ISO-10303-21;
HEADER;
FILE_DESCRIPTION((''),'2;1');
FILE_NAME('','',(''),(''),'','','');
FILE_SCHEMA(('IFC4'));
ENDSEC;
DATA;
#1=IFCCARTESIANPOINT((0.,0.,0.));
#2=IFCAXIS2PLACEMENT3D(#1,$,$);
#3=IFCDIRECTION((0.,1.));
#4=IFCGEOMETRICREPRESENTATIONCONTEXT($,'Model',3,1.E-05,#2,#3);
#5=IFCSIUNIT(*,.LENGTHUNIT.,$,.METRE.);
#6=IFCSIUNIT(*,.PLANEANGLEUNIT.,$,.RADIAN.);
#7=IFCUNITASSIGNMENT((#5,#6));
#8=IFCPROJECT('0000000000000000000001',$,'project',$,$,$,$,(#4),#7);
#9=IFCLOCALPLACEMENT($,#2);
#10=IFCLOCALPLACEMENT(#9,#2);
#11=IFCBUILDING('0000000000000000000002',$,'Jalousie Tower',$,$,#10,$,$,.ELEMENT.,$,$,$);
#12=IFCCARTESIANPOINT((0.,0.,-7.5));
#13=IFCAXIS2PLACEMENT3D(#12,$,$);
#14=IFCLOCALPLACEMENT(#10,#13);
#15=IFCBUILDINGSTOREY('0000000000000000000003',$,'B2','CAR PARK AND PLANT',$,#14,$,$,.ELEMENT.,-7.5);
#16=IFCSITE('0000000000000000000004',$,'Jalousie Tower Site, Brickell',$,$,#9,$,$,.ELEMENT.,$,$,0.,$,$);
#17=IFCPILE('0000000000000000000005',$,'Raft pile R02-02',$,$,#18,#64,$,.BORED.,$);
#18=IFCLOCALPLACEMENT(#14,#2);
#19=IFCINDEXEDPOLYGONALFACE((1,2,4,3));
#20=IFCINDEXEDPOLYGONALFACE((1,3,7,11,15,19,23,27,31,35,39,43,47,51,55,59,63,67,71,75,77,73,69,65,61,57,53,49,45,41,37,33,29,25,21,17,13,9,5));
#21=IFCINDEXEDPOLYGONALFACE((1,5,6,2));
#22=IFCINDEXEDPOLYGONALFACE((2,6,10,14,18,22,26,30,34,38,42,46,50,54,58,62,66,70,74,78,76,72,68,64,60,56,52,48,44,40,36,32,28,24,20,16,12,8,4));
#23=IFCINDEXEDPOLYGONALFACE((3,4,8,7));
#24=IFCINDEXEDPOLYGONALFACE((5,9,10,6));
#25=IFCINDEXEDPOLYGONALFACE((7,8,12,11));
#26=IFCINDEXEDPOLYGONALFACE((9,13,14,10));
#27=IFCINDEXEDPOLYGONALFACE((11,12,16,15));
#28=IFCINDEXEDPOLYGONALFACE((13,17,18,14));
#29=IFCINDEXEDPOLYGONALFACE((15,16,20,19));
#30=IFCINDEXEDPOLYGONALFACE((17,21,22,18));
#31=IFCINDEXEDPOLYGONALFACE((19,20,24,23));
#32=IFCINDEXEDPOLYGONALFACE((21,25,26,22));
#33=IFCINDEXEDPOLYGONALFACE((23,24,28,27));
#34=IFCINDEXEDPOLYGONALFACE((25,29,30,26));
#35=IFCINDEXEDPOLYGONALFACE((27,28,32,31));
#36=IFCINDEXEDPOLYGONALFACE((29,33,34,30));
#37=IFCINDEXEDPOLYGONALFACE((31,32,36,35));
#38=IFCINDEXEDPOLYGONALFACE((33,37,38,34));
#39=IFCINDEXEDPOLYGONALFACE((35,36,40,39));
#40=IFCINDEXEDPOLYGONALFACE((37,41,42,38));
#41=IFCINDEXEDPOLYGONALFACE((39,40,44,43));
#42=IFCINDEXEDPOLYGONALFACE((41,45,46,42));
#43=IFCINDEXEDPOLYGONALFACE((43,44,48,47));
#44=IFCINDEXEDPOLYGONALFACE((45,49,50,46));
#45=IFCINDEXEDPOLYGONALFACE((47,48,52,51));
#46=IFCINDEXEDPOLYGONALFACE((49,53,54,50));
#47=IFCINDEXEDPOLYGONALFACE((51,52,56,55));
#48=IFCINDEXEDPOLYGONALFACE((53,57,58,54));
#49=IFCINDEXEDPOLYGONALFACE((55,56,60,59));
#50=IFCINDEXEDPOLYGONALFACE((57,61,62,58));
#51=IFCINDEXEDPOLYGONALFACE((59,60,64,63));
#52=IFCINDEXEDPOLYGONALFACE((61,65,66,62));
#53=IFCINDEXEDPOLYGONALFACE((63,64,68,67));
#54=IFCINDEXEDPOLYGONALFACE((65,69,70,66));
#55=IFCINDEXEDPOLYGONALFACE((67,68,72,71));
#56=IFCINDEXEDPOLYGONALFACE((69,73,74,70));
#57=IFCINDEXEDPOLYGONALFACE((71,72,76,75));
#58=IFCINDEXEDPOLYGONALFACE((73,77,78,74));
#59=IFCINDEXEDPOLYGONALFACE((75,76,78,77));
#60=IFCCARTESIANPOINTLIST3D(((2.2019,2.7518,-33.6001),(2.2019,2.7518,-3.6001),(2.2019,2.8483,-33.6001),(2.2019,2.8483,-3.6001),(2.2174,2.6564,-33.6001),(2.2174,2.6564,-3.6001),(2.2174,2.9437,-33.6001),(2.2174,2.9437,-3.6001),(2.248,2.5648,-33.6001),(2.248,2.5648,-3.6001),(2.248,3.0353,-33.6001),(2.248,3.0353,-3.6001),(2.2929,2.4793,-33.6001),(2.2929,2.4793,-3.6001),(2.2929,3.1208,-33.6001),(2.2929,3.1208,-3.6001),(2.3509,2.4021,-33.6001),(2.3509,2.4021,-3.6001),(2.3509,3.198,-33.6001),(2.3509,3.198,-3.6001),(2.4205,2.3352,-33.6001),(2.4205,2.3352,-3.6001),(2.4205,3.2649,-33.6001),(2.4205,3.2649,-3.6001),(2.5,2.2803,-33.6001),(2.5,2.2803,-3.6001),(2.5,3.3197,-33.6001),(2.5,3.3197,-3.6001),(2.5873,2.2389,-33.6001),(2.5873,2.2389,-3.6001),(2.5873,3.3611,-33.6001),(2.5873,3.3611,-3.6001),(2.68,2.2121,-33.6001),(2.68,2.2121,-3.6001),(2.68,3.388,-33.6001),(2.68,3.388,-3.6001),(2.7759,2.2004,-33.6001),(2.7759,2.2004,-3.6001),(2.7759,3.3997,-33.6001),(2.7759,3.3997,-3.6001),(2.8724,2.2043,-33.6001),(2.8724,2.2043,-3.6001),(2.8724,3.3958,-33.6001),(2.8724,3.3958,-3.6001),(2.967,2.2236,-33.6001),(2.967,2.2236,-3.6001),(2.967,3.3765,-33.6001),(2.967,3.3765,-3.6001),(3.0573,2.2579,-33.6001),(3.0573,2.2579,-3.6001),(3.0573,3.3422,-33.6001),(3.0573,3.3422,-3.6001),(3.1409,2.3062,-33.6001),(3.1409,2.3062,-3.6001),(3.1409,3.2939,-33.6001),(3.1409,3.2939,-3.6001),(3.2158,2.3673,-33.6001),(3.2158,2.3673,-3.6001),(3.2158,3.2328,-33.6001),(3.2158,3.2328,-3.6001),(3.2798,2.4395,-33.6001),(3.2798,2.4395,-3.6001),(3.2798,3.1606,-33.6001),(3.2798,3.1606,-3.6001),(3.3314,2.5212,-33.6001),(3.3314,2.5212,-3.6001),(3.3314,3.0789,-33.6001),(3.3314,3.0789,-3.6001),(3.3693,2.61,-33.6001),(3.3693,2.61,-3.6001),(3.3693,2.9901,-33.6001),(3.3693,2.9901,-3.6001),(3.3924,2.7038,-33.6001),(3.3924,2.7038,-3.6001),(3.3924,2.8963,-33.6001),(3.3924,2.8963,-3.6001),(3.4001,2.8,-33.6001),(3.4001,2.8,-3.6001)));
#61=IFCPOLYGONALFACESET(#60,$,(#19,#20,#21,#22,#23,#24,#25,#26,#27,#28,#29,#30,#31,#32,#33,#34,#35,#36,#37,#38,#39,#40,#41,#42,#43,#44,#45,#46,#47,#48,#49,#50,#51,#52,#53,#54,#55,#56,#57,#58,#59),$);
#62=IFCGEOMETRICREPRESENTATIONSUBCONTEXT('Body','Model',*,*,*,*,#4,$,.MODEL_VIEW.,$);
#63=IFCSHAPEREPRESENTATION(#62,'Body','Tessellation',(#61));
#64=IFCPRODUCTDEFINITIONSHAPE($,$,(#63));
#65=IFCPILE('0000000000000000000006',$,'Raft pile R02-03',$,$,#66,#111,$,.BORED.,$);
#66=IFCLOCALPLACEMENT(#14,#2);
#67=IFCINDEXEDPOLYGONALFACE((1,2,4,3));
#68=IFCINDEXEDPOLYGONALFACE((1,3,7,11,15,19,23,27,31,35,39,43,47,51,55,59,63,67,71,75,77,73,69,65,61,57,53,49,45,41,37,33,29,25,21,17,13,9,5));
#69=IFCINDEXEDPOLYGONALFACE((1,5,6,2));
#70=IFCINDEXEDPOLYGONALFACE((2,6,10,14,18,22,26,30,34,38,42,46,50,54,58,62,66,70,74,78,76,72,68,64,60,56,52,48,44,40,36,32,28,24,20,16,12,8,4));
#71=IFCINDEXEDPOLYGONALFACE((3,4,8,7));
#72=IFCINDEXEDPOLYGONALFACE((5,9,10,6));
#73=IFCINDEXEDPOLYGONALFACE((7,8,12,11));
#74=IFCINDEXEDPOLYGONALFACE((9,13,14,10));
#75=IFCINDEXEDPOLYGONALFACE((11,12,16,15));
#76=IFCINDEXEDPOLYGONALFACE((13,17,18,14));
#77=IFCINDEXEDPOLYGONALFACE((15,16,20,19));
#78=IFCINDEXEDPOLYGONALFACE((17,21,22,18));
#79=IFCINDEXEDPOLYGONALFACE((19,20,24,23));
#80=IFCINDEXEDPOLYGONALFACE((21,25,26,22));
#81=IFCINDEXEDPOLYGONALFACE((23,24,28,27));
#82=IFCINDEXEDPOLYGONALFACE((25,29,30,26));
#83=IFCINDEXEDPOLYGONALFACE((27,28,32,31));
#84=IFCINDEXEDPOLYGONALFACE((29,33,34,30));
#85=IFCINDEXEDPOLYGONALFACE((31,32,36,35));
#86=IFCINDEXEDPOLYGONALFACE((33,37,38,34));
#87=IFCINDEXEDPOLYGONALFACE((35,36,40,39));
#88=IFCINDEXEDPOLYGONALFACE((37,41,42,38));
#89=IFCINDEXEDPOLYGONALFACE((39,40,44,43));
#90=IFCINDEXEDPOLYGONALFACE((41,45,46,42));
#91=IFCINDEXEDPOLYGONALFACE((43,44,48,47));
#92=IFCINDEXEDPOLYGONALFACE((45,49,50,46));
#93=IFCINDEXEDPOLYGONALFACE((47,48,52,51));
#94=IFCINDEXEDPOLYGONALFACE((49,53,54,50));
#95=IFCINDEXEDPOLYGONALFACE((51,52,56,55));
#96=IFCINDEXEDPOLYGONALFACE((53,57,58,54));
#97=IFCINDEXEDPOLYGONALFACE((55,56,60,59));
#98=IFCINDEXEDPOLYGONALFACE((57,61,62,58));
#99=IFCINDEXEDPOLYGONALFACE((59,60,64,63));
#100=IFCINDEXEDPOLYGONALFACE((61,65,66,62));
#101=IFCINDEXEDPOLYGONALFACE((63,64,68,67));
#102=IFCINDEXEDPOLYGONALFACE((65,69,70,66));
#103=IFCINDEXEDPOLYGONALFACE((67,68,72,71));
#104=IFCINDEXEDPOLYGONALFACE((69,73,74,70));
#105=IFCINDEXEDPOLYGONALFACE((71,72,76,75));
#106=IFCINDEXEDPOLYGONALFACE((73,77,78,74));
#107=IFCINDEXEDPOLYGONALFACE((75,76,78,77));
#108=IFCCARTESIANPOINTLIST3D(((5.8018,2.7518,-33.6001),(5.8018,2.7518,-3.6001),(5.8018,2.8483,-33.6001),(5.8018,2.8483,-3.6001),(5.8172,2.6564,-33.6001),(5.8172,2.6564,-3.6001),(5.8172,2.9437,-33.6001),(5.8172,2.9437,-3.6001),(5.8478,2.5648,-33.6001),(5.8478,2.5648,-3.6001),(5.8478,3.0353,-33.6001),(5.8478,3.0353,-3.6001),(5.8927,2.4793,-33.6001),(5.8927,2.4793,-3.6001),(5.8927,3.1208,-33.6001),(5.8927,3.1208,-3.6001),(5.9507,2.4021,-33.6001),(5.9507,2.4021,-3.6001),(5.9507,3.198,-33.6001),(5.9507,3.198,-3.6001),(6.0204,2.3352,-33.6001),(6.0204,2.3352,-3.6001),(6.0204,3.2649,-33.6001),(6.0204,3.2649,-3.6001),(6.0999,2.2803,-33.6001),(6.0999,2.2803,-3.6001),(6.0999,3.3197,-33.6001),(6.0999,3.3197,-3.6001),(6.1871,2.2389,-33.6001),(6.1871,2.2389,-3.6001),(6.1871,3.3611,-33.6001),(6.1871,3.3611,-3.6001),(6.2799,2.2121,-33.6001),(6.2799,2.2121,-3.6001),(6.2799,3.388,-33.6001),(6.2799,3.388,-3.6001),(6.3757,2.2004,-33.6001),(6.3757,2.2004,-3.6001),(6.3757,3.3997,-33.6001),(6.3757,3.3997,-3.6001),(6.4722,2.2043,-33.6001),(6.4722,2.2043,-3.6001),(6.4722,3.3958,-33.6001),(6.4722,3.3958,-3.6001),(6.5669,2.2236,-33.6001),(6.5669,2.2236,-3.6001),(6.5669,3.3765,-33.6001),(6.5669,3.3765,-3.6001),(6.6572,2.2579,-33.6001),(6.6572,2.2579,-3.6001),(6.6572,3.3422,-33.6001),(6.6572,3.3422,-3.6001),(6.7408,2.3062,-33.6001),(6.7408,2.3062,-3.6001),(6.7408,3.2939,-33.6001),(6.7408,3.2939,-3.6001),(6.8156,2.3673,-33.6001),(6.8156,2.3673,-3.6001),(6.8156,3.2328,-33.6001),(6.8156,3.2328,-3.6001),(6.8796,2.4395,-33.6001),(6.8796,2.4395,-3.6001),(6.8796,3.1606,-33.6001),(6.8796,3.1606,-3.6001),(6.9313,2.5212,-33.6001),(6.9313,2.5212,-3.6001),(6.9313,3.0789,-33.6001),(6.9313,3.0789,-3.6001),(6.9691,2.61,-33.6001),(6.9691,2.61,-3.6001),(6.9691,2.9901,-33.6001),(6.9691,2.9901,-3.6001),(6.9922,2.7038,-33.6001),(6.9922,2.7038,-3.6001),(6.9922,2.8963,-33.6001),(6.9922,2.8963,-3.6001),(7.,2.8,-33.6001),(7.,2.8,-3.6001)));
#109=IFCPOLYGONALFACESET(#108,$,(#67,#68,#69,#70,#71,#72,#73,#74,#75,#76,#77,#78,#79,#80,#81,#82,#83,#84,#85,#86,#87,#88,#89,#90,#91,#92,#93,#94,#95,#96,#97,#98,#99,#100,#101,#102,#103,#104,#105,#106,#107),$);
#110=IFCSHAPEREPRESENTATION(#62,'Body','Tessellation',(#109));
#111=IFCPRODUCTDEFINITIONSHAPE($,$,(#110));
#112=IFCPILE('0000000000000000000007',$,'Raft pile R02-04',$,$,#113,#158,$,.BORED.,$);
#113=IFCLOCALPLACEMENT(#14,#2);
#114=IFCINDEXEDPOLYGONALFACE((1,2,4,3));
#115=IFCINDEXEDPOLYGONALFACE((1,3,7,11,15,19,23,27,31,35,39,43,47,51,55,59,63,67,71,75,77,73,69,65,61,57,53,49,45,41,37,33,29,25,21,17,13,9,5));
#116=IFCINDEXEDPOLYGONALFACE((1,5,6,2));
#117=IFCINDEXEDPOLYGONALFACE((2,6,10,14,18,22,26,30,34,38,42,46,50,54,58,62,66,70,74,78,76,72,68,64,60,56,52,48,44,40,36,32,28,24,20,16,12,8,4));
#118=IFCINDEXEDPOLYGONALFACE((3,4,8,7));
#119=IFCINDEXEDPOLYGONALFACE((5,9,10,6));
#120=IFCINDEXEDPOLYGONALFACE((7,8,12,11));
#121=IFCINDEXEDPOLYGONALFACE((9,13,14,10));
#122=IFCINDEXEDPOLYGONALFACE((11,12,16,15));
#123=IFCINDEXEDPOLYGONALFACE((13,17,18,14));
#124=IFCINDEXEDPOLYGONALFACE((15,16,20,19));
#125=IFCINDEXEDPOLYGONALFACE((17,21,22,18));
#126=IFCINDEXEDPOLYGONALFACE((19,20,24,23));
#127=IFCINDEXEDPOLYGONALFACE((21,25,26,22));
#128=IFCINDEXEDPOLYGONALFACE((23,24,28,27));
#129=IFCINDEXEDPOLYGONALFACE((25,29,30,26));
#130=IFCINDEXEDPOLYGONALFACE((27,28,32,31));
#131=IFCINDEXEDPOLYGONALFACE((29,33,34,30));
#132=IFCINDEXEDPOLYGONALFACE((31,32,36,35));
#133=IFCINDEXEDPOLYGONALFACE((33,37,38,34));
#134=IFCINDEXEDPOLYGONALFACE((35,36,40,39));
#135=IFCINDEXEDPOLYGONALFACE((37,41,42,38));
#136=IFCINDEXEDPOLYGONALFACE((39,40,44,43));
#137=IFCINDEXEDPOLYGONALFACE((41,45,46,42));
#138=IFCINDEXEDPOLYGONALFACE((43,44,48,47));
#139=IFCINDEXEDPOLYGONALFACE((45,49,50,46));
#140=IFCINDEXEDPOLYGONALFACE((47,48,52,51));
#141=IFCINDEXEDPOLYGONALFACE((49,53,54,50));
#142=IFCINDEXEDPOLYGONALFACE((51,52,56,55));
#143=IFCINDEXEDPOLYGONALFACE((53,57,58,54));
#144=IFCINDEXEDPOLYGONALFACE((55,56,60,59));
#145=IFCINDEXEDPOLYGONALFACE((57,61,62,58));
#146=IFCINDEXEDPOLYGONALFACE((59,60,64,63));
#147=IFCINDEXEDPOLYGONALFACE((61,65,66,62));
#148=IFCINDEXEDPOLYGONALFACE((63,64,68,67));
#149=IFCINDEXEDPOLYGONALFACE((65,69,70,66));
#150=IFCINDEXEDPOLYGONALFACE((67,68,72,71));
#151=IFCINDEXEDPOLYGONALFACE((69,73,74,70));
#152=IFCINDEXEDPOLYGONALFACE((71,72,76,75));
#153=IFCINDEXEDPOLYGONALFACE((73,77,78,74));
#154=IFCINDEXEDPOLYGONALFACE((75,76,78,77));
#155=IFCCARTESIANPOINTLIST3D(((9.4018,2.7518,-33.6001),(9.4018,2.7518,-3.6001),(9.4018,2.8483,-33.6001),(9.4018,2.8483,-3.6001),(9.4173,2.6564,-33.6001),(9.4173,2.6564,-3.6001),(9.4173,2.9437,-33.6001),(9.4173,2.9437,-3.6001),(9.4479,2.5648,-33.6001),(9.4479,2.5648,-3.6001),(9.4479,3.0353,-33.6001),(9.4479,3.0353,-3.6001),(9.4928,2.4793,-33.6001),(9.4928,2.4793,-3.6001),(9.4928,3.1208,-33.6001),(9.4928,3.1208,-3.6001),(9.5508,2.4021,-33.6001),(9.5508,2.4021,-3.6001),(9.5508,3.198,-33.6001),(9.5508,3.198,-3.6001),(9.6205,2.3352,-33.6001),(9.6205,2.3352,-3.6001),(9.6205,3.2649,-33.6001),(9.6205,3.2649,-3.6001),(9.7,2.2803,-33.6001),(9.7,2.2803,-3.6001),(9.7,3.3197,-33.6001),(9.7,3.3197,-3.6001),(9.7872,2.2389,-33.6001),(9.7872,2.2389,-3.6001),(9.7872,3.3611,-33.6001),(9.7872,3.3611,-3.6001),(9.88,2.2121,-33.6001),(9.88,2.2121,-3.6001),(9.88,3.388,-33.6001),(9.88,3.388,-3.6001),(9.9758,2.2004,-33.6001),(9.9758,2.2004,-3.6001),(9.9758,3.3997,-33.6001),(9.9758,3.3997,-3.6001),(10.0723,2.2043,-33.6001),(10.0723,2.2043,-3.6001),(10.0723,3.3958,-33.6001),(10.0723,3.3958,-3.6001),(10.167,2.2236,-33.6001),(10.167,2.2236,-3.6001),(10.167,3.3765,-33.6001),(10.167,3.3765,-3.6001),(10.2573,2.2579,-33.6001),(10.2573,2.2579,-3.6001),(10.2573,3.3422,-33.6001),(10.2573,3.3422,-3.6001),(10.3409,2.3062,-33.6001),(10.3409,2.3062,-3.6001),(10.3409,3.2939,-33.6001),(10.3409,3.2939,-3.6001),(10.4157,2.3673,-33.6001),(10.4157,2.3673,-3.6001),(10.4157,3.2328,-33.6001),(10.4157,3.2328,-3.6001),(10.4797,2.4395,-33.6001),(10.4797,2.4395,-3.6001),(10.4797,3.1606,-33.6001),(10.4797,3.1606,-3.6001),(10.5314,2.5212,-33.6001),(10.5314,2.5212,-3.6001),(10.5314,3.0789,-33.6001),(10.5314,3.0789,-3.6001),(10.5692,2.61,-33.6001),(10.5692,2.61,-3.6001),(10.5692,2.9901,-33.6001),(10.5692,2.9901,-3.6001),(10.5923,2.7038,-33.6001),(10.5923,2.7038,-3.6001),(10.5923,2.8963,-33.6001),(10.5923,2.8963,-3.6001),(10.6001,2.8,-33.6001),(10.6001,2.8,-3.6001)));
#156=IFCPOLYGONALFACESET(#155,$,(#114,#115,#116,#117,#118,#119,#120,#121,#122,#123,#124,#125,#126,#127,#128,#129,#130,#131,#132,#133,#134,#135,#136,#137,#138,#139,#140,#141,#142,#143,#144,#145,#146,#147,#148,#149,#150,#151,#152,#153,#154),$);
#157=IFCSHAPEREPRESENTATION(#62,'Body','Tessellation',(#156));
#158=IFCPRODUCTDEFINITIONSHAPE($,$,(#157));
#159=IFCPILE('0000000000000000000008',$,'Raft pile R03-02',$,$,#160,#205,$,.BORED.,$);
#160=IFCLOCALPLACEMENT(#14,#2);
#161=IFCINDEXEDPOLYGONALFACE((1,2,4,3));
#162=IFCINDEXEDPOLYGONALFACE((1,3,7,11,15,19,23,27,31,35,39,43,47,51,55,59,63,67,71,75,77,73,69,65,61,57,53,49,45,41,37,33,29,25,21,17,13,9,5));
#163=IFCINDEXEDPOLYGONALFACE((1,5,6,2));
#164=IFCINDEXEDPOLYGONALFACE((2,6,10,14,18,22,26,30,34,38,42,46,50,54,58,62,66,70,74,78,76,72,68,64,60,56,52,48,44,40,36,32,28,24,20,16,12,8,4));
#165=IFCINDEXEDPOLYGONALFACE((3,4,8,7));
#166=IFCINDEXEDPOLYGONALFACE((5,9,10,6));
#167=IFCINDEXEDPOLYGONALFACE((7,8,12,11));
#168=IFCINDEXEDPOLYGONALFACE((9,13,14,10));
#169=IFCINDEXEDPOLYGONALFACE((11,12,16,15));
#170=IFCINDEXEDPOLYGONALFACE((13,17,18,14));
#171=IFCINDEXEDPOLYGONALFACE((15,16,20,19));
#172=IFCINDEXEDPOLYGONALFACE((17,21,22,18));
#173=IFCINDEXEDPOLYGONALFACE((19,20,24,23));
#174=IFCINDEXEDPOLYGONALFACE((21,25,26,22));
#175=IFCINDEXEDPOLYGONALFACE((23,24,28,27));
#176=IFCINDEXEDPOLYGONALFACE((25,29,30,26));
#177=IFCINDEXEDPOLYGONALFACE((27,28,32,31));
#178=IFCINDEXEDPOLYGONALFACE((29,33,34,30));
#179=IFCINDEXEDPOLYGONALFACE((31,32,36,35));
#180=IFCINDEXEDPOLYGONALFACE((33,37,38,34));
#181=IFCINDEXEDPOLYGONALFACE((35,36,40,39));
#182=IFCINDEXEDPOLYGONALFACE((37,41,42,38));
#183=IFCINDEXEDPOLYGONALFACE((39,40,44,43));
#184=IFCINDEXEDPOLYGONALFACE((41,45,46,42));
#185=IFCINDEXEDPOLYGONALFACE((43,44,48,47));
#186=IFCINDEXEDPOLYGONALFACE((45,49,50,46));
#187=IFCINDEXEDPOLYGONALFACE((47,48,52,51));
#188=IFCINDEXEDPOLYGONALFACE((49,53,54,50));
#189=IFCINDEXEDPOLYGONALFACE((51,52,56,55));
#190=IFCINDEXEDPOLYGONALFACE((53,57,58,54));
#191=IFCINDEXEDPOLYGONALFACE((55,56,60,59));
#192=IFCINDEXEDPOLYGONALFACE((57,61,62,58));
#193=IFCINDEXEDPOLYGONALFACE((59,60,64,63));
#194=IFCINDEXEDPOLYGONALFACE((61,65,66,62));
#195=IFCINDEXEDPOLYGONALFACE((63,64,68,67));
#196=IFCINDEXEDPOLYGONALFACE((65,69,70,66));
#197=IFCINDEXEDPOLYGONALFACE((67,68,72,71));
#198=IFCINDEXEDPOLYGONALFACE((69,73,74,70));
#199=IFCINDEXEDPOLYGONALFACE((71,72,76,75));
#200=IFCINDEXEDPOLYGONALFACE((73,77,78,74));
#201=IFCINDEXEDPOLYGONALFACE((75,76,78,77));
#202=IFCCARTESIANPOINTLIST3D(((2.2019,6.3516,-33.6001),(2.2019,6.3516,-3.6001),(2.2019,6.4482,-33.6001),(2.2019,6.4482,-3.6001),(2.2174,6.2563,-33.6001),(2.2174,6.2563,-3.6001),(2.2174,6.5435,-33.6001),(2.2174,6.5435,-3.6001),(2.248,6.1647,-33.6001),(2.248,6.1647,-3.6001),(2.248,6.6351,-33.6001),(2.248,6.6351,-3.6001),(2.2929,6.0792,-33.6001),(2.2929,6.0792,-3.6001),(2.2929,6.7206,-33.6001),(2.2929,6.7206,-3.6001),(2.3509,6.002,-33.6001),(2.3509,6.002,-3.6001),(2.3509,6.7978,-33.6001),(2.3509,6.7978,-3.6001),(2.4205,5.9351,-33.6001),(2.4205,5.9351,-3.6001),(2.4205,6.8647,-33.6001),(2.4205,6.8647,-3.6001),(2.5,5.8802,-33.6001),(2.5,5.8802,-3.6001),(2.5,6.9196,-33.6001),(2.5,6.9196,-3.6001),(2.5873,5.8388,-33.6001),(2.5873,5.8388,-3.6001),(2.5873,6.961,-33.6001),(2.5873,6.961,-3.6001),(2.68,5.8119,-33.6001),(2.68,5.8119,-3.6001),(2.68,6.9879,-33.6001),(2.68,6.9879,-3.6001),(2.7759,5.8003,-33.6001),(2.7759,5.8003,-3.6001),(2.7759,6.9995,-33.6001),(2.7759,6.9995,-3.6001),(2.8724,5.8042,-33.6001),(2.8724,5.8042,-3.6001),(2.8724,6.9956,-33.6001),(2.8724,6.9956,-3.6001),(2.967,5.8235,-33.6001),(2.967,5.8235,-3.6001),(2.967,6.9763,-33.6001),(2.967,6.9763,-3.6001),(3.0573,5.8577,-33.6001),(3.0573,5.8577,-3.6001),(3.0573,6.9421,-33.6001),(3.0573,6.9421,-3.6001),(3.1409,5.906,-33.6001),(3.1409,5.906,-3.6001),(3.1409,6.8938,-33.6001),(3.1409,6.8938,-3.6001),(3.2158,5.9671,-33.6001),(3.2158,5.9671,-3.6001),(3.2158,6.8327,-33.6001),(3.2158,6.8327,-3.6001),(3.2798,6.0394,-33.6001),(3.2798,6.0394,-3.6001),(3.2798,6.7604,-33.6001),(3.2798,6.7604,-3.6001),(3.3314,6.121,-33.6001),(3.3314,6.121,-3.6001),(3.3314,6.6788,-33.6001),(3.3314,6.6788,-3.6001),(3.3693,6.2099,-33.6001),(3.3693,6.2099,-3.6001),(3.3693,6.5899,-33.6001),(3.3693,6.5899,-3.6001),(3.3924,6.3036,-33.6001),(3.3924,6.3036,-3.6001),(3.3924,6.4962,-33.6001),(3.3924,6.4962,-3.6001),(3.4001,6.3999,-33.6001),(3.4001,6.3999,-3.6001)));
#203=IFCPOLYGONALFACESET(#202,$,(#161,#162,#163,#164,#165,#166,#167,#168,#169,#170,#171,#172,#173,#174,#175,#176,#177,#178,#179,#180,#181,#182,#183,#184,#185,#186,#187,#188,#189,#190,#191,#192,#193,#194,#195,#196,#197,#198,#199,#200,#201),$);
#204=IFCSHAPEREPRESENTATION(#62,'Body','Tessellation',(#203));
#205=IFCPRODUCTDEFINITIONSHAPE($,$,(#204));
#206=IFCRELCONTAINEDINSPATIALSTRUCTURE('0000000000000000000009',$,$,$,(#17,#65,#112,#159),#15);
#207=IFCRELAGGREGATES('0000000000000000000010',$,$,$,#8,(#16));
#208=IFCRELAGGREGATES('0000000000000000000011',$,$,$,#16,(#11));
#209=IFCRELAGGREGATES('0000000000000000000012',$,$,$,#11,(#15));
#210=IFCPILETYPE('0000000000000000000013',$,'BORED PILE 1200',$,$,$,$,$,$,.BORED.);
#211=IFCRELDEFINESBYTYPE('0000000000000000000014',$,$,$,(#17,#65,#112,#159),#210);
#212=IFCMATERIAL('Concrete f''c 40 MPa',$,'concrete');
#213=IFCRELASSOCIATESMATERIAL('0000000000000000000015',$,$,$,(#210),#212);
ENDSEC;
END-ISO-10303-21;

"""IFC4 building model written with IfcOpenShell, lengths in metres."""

from ifc_helpers import new_model, si_unit, direction, frame, origin, origin_2d, place, context, subcontext, project, spatial, circle, extrude, material, material_profile, profile_set, type_object, element, save


model = new_model("IFC4")

# Units and contexts
model_context = context("Model", 3, precision=1e-05, world=origin(), true_north=direction((0.0, 1.0)))
body_context = subcontext(model_context, "Body", "Model", "MODEL_VIEW")
ifc_project = project(units=[si_unit("LENGTHUNIT", "METRE"), si_unit("PLANEANGLEUNIT", "RADIAN")], contexts=[model_context])

# Site, building, storey
site_placement = place(None, origin())
site = spatial("IfcSite", under=ifc_project, at=site_placement, Name="Jalousie Tower Site, Brickell", CompositionType="ELEMENT", RefElevation=0.0)
building_placement = place(site_placement, origin())
building = spatial("IfcBuilding", under=site, at=building_placement, Name="Jalousie Tower", CompositionType="ELEMENT")
storey_placement = place(building_placement, frame((0.0, 0.0, -7.5)))
storey = spatial("IfcBuildingStorey", under=building, at=storey_placement, Name="B2", Description="CAR PARK AND PLANT", CompositionType="ELEMENT", Elevation=-7.5)

# Piles
ifc_material_1 = material(Name="Concrete f'c 40 MPa", Category="concrete")
ifc_material_profile_1 = material_profile(ifc_material_1, circle(Radius=0.6001, at=origin_2d()), Name="BORED PILE D1200")
ifc_profile_set_1 = profile_set([ifc_material_profile_1], Name="Concrete f'c 40 MPa")
pile_type = type_object("IfcPileType", Name="BORED PILE 1200", PredefinedType="BORED", material=ifc_profile_set_1)
for number, where, z_axis, x_axis, name in (
    (1, (2.8, 2.8, -3.6001), (0.0, 0.0, -1.0), (1.0, 0.0, 0.0), "Raft pile R02-02"),
    (2, (6.3999, 2.8, -3.6001), (0.0, 0.0, -1.0), (1.0, 0.0, 0.0), "Raft pile R02-03"),
    (3, (10.0, 2.8, -3.6001), (0.0, 0.0, -1.0), (1.0, 0.0, 0.0), "Raft pile R02-04"),
    (4, (2.8, 6.3999, -3.6001), (0.0, 0.0, -1.0), (1.0, 0.0, 0.0), "Raft pile R03-02"),
):
    element("IfcPile", number, at=place(storey_placement, frame(where, z_axis=z_axis, x_axis=x_axis)), inside=storey, type_object=pile_type, Name=name, PredefinedType="BORED", context=body_context, shape_type="SweptSolid", body=[
        extrude(circle(Radius=0.6001, at=origin_2d()), origin(), (0.0, 0.0, 1.0), 30.0),
    ])

save(model, "model.ifc")
